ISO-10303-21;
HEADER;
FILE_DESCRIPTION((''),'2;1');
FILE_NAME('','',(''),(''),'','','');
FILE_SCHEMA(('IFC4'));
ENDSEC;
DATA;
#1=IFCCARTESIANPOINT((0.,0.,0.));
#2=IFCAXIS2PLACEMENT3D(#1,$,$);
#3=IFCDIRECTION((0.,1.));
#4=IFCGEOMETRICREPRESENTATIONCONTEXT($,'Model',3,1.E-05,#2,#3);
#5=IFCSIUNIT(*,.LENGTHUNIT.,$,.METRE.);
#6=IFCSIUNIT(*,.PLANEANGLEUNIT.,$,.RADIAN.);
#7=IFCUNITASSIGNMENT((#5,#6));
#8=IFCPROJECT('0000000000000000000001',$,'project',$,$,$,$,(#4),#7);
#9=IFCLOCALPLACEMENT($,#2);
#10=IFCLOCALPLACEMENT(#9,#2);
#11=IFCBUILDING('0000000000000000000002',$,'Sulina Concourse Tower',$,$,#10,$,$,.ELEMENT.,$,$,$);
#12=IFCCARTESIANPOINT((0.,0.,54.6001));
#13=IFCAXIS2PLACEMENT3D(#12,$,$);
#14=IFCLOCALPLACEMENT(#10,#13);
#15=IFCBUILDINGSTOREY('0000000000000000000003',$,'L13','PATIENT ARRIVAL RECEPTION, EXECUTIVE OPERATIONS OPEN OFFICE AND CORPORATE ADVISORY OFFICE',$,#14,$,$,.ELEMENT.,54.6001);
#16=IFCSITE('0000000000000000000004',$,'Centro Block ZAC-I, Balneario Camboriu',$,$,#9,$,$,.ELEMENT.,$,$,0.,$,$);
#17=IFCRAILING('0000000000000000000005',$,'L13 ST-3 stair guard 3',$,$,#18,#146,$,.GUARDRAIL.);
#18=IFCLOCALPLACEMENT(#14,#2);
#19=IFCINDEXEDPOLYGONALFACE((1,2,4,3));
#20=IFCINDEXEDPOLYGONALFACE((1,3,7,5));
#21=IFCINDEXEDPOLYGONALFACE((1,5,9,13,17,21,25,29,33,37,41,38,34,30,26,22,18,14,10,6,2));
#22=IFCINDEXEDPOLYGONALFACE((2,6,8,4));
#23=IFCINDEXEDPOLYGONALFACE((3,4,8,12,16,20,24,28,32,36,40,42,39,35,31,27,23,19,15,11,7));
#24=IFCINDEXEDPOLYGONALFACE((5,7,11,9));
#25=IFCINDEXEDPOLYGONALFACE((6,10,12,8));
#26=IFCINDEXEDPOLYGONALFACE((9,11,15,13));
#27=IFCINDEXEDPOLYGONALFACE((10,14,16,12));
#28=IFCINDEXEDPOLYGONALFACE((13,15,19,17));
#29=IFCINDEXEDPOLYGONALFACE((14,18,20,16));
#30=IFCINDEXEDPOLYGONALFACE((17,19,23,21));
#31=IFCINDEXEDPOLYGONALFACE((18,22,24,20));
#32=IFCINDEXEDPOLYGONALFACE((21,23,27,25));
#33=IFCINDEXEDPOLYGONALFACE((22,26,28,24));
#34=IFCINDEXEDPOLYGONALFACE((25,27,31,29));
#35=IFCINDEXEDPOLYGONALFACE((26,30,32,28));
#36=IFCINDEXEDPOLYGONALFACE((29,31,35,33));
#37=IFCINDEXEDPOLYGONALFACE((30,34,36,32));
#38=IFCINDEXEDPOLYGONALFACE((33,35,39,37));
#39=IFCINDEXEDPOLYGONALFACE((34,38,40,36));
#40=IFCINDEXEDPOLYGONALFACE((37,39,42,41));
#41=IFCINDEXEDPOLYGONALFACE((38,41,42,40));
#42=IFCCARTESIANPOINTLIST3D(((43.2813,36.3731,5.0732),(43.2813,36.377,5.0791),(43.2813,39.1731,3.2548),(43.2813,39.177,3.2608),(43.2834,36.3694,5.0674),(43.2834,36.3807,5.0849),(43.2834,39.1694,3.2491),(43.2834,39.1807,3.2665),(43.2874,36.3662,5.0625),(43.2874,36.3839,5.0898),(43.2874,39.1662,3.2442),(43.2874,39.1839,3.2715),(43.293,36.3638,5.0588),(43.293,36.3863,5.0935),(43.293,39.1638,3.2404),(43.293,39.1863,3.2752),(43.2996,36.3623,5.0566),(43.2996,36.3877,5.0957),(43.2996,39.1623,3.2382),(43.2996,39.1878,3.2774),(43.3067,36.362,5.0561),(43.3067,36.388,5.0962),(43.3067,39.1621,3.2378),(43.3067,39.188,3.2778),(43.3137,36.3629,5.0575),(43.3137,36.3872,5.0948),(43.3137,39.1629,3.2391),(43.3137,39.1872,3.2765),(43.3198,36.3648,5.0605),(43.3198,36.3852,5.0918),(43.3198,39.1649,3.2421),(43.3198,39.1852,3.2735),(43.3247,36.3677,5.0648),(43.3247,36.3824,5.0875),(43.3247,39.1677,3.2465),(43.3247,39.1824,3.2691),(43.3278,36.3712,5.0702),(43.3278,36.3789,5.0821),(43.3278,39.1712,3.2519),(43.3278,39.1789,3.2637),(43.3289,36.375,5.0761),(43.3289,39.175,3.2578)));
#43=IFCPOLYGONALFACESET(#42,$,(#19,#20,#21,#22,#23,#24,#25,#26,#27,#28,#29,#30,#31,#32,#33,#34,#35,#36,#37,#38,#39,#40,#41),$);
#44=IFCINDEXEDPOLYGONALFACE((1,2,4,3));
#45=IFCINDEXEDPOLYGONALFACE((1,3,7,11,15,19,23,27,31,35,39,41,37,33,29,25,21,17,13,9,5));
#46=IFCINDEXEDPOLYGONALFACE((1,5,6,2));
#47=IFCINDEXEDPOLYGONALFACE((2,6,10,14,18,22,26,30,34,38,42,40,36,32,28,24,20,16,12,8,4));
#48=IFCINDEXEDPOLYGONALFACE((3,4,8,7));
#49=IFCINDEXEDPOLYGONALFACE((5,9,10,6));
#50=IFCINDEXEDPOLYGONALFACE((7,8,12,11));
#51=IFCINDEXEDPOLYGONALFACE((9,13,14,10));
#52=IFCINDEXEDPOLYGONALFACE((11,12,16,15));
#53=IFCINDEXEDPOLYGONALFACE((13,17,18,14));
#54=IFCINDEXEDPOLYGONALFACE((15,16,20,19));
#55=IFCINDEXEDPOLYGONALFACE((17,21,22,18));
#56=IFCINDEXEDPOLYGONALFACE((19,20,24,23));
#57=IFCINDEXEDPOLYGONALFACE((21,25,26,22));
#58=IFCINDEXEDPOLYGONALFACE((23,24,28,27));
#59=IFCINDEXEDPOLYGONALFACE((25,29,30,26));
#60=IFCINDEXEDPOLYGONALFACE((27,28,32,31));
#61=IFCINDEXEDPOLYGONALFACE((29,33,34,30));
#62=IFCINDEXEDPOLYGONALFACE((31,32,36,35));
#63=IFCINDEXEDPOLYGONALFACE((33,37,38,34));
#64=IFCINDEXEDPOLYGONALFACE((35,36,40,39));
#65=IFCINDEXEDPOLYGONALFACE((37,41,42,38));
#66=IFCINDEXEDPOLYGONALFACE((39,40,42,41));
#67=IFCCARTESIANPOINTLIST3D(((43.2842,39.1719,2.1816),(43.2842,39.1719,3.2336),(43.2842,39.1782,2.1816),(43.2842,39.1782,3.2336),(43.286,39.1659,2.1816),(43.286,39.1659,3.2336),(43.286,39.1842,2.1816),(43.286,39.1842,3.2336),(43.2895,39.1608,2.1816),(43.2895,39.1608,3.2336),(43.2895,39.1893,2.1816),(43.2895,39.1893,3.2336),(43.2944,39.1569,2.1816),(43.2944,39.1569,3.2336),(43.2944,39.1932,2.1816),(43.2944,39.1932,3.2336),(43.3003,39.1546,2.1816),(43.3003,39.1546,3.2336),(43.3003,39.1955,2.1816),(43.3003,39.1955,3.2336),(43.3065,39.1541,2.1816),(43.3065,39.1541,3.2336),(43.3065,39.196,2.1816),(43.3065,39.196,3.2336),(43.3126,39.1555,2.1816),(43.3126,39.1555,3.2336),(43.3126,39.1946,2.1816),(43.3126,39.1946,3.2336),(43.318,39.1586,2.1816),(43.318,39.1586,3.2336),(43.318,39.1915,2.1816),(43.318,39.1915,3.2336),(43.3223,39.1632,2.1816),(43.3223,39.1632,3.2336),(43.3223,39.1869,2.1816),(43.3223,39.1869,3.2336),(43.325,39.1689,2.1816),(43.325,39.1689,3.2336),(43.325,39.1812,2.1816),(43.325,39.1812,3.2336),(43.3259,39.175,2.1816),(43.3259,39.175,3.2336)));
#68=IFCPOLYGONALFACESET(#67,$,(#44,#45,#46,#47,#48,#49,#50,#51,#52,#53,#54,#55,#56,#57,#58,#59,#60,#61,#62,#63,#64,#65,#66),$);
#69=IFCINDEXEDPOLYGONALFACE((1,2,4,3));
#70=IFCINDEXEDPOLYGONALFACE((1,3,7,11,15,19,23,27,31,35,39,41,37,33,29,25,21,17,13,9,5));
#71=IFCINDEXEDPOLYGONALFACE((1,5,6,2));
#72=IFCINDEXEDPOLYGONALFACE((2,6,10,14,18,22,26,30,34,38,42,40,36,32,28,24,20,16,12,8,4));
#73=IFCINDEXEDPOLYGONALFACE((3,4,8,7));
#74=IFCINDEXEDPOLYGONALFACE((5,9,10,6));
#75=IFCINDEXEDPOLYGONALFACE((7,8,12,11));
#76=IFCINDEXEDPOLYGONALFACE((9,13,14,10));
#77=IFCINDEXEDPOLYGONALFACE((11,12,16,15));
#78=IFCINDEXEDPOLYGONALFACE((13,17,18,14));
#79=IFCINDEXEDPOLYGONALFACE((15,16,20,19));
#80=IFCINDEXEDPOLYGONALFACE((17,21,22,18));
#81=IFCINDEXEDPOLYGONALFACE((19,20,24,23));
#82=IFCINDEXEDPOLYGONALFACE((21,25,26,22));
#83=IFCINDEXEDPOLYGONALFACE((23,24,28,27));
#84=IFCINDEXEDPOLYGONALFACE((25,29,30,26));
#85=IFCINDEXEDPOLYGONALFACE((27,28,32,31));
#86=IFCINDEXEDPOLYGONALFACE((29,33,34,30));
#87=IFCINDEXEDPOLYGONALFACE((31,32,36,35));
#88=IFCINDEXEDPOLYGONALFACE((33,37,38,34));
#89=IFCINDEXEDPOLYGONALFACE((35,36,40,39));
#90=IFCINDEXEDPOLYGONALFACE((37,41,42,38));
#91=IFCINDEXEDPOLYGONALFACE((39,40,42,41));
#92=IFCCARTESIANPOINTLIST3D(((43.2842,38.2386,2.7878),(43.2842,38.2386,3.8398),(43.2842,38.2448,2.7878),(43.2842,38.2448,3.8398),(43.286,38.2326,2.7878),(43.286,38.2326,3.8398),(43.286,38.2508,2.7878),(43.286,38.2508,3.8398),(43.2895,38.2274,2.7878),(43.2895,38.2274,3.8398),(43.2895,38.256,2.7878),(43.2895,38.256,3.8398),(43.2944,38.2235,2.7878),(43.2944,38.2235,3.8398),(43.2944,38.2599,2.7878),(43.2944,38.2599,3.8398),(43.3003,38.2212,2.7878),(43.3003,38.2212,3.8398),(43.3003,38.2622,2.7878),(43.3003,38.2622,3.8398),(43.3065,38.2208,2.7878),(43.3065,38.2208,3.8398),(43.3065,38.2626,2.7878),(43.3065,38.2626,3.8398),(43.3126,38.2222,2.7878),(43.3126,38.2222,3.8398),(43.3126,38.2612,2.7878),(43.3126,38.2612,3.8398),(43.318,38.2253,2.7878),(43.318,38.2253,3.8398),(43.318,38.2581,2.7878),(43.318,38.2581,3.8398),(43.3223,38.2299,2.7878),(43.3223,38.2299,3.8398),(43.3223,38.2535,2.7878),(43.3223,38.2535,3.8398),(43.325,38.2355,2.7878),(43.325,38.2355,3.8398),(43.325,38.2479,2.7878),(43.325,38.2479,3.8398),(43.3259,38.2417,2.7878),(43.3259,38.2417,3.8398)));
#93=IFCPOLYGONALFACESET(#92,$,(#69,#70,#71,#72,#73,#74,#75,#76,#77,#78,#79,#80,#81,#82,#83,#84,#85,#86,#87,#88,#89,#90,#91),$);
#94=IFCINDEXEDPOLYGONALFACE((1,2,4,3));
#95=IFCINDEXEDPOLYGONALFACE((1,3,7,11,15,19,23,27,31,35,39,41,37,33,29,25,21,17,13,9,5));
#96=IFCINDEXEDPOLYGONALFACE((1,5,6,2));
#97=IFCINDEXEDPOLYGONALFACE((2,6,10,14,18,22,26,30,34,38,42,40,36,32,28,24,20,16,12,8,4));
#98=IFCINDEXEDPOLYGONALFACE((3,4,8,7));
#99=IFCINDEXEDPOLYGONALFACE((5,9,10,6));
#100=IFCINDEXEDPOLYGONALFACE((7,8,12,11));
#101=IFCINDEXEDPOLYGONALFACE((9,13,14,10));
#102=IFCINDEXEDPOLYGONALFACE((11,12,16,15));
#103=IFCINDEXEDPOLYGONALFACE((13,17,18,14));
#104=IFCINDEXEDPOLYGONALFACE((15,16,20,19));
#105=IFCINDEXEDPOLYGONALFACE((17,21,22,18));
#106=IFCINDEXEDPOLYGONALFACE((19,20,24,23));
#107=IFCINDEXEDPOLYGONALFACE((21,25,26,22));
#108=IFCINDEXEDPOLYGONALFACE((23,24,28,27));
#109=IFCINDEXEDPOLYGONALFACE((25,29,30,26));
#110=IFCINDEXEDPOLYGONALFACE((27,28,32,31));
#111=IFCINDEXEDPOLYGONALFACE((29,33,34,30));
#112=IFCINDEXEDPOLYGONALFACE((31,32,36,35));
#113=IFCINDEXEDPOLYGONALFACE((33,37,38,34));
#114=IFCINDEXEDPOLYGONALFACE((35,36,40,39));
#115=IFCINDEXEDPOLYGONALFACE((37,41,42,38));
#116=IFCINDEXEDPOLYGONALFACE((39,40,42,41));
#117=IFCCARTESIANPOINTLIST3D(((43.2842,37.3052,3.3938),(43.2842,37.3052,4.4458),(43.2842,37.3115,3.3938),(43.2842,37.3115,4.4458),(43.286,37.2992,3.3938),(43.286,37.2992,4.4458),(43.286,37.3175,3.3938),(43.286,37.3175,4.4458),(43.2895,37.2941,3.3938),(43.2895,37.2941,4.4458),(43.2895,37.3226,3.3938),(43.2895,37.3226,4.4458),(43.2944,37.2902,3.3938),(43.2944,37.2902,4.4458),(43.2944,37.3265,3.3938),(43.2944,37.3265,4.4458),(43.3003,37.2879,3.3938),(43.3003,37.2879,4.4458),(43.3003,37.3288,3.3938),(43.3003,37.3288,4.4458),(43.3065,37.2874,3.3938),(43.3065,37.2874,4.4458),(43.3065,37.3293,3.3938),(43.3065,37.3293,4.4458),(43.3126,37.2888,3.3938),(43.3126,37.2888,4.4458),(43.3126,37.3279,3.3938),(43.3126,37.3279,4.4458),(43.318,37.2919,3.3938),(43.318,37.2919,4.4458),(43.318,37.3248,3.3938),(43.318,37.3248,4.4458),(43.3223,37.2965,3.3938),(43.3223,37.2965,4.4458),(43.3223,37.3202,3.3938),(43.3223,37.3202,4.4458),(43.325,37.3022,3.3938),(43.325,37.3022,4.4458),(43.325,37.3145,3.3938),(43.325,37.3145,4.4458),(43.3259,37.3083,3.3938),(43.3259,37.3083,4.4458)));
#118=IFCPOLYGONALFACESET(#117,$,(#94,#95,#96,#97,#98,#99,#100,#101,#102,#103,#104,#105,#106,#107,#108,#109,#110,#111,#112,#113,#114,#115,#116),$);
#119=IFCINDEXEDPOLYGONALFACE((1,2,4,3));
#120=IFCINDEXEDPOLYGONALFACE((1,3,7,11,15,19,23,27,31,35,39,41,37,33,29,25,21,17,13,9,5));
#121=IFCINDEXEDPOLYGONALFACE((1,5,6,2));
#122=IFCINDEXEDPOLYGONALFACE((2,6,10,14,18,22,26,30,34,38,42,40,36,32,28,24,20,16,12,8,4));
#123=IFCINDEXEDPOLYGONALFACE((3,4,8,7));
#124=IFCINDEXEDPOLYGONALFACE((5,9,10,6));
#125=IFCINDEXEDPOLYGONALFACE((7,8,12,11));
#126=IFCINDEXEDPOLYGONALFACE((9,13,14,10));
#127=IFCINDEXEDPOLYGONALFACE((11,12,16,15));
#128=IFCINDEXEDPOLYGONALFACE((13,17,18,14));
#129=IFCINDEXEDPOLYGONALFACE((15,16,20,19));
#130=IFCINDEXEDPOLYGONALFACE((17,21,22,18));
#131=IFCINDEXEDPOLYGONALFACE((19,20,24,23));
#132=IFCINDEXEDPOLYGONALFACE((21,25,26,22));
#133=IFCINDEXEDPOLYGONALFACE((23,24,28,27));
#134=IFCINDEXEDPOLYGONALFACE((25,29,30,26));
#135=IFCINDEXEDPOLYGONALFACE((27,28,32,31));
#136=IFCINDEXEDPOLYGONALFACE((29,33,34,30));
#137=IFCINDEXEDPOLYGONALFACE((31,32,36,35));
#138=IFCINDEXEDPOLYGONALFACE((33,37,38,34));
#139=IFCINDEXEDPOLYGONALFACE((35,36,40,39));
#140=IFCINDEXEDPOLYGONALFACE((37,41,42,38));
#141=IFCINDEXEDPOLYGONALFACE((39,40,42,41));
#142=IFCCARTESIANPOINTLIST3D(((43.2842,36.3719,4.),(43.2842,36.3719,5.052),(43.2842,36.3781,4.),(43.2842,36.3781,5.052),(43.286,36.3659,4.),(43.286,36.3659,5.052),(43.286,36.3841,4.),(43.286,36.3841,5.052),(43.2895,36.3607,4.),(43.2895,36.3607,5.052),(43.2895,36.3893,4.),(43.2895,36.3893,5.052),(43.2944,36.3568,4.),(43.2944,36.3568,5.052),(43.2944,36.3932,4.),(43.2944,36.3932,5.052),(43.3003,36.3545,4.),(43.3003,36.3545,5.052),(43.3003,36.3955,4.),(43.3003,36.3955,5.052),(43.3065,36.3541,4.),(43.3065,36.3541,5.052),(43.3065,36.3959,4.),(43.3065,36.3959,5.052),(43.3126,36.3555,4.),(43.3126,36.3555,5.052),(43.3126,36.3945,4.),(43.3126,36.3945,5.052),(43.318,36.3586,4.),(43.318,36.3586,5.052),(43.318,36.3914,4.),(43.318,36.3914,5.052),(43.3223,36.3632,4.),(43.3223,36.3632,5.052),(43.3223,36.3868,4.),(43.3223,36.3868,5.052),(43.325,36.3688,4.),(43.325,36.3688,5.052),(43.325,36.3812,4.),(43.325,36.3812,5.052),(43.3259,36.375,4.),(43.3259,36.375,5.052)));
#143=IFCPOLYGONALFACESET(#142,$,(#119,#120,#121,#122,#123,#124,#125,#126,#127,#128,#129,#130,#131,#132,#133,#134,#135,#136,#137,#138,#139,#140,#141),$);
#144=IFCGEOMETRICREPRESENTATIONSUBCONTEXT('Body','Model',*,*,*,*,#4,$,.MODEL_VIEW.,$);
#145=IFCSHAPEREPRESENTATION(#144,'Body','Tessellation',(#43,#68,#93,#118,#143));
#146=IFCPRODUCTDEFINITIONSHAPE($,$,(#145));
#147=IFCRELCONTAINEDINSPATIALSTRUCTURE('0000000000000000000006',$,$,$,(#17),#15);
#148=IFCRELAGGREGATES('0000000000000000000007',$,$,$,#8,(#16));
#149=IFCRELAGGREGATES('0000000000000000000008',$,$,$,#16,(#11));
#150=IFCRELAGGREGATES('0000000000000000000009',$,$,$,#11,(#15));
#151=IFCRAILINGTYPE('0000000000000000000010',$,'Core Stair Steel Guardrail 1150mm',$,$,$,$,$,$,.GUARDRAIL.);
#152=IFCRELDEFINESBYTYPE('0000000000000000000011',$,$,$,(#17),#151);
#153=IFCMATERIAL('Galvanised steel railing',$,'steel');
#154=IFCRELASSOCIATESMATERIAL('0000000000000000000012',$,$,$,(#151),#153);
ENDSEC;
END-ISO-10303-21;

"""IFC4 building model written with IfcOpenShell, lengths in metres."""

from ifc_helpers import new_model, si_unit, direction, frame, origin, origin_2d, place, context, subcontext, project, spatial, circle, extrude, material, type_object, element, save


model = new_model("IFC4")

# Units and contexts
model_context = context("Model", 3, precision=1e-05, world=origin(), true_north=direction((0.0, 1.0)))
body_context = subcontext(model_context, "Body", "Model", "MODEL_VIEW")
ifc_project = project(units=[si_unit("LENGTHUNIT", "METRE"), si_unit("PLANEANGLEUNIT", "RADIAN")], contexts=[model_context])

# Site, building, storey
site_placement = place(None, origin())
site = spatial("IfcSite", under=ifc_project, at=site_placement, Name="Centro Block ZAC-I, Balneario Camboriu", CompositionType="ELEMENT", RefElevation=0.0)
building_placement = place(site_placement, origin())
building = spatial("IfcBuilding", under=site, at=building_placement, Name="Sulina Concourse Tower", CompositionType="ELEMENT")
storey_placement = place(building_placement, frame((0.0, 0.0, 54.6001)))
storey = spatial("IfcBuildingStorey", under=building, at=storey_placement, Name="L13", Description="PATIENT ARRIVAL RECEPTION, EXECUTIVE OPERATIONS OPEN OFFICE AND CORPORATE ADVISORY OFFICE", CompositionType="ELEMENT", Elevation=54.6001)

# Railing
ifc_material_1 = material(Name="Galvanised steel railing", Category="steel")
railing_type_1 = type_object("IfcRailingType", Name="Core Stair Steel Guardrail 1150mm", PredefinedType="GUARDRAIL", material=ifc_material_1)
railing_1_placement = place(storey_placement, frame((43.3049, 39.175, 2.1816)))
element("IfcRailing", 1, at=railing_1_placement, inside=storey, type_object=railing_type_1, Name="L13 ST-3 stair guard 3", PredefinedType="GUARDRAIL", context=body_context, shape_type="SweptSolid", body=[
    extrude(circle(Radius=0.0239, at=origin_2d()), frame((0.0, 0.0, 1.0762), z_axis=(0.0, -0.838672, 0.544636), x_axis=(1.0, 0.0, 0.0)), (0.0, 0.0, 1.0), 3.3386),
    extrude(circle(Radius=0.021, at=origin_2d()), origin(), (0.0, 0.0, 1.0), 1.052),
    extrude(circle(Radius=0.021, at=origin_2d()), frame((0.0, -0.9333, 0.6062)), (0.0, 0.0, 1.0), 1.052),
    extrude(circle(Radius=0.021, at=origin_2d()), frame((0.0, -1.8667, 1.2122)), (0.0, 0.0, 1.0), 1.052),
    extrude(circle(Radius=0.021, at=origin_2d()), frame((0.0, -2.8, 1.8184)), (0.0, 0.0, 1.0), 1.052),
])

save(model, "model.ifc")
